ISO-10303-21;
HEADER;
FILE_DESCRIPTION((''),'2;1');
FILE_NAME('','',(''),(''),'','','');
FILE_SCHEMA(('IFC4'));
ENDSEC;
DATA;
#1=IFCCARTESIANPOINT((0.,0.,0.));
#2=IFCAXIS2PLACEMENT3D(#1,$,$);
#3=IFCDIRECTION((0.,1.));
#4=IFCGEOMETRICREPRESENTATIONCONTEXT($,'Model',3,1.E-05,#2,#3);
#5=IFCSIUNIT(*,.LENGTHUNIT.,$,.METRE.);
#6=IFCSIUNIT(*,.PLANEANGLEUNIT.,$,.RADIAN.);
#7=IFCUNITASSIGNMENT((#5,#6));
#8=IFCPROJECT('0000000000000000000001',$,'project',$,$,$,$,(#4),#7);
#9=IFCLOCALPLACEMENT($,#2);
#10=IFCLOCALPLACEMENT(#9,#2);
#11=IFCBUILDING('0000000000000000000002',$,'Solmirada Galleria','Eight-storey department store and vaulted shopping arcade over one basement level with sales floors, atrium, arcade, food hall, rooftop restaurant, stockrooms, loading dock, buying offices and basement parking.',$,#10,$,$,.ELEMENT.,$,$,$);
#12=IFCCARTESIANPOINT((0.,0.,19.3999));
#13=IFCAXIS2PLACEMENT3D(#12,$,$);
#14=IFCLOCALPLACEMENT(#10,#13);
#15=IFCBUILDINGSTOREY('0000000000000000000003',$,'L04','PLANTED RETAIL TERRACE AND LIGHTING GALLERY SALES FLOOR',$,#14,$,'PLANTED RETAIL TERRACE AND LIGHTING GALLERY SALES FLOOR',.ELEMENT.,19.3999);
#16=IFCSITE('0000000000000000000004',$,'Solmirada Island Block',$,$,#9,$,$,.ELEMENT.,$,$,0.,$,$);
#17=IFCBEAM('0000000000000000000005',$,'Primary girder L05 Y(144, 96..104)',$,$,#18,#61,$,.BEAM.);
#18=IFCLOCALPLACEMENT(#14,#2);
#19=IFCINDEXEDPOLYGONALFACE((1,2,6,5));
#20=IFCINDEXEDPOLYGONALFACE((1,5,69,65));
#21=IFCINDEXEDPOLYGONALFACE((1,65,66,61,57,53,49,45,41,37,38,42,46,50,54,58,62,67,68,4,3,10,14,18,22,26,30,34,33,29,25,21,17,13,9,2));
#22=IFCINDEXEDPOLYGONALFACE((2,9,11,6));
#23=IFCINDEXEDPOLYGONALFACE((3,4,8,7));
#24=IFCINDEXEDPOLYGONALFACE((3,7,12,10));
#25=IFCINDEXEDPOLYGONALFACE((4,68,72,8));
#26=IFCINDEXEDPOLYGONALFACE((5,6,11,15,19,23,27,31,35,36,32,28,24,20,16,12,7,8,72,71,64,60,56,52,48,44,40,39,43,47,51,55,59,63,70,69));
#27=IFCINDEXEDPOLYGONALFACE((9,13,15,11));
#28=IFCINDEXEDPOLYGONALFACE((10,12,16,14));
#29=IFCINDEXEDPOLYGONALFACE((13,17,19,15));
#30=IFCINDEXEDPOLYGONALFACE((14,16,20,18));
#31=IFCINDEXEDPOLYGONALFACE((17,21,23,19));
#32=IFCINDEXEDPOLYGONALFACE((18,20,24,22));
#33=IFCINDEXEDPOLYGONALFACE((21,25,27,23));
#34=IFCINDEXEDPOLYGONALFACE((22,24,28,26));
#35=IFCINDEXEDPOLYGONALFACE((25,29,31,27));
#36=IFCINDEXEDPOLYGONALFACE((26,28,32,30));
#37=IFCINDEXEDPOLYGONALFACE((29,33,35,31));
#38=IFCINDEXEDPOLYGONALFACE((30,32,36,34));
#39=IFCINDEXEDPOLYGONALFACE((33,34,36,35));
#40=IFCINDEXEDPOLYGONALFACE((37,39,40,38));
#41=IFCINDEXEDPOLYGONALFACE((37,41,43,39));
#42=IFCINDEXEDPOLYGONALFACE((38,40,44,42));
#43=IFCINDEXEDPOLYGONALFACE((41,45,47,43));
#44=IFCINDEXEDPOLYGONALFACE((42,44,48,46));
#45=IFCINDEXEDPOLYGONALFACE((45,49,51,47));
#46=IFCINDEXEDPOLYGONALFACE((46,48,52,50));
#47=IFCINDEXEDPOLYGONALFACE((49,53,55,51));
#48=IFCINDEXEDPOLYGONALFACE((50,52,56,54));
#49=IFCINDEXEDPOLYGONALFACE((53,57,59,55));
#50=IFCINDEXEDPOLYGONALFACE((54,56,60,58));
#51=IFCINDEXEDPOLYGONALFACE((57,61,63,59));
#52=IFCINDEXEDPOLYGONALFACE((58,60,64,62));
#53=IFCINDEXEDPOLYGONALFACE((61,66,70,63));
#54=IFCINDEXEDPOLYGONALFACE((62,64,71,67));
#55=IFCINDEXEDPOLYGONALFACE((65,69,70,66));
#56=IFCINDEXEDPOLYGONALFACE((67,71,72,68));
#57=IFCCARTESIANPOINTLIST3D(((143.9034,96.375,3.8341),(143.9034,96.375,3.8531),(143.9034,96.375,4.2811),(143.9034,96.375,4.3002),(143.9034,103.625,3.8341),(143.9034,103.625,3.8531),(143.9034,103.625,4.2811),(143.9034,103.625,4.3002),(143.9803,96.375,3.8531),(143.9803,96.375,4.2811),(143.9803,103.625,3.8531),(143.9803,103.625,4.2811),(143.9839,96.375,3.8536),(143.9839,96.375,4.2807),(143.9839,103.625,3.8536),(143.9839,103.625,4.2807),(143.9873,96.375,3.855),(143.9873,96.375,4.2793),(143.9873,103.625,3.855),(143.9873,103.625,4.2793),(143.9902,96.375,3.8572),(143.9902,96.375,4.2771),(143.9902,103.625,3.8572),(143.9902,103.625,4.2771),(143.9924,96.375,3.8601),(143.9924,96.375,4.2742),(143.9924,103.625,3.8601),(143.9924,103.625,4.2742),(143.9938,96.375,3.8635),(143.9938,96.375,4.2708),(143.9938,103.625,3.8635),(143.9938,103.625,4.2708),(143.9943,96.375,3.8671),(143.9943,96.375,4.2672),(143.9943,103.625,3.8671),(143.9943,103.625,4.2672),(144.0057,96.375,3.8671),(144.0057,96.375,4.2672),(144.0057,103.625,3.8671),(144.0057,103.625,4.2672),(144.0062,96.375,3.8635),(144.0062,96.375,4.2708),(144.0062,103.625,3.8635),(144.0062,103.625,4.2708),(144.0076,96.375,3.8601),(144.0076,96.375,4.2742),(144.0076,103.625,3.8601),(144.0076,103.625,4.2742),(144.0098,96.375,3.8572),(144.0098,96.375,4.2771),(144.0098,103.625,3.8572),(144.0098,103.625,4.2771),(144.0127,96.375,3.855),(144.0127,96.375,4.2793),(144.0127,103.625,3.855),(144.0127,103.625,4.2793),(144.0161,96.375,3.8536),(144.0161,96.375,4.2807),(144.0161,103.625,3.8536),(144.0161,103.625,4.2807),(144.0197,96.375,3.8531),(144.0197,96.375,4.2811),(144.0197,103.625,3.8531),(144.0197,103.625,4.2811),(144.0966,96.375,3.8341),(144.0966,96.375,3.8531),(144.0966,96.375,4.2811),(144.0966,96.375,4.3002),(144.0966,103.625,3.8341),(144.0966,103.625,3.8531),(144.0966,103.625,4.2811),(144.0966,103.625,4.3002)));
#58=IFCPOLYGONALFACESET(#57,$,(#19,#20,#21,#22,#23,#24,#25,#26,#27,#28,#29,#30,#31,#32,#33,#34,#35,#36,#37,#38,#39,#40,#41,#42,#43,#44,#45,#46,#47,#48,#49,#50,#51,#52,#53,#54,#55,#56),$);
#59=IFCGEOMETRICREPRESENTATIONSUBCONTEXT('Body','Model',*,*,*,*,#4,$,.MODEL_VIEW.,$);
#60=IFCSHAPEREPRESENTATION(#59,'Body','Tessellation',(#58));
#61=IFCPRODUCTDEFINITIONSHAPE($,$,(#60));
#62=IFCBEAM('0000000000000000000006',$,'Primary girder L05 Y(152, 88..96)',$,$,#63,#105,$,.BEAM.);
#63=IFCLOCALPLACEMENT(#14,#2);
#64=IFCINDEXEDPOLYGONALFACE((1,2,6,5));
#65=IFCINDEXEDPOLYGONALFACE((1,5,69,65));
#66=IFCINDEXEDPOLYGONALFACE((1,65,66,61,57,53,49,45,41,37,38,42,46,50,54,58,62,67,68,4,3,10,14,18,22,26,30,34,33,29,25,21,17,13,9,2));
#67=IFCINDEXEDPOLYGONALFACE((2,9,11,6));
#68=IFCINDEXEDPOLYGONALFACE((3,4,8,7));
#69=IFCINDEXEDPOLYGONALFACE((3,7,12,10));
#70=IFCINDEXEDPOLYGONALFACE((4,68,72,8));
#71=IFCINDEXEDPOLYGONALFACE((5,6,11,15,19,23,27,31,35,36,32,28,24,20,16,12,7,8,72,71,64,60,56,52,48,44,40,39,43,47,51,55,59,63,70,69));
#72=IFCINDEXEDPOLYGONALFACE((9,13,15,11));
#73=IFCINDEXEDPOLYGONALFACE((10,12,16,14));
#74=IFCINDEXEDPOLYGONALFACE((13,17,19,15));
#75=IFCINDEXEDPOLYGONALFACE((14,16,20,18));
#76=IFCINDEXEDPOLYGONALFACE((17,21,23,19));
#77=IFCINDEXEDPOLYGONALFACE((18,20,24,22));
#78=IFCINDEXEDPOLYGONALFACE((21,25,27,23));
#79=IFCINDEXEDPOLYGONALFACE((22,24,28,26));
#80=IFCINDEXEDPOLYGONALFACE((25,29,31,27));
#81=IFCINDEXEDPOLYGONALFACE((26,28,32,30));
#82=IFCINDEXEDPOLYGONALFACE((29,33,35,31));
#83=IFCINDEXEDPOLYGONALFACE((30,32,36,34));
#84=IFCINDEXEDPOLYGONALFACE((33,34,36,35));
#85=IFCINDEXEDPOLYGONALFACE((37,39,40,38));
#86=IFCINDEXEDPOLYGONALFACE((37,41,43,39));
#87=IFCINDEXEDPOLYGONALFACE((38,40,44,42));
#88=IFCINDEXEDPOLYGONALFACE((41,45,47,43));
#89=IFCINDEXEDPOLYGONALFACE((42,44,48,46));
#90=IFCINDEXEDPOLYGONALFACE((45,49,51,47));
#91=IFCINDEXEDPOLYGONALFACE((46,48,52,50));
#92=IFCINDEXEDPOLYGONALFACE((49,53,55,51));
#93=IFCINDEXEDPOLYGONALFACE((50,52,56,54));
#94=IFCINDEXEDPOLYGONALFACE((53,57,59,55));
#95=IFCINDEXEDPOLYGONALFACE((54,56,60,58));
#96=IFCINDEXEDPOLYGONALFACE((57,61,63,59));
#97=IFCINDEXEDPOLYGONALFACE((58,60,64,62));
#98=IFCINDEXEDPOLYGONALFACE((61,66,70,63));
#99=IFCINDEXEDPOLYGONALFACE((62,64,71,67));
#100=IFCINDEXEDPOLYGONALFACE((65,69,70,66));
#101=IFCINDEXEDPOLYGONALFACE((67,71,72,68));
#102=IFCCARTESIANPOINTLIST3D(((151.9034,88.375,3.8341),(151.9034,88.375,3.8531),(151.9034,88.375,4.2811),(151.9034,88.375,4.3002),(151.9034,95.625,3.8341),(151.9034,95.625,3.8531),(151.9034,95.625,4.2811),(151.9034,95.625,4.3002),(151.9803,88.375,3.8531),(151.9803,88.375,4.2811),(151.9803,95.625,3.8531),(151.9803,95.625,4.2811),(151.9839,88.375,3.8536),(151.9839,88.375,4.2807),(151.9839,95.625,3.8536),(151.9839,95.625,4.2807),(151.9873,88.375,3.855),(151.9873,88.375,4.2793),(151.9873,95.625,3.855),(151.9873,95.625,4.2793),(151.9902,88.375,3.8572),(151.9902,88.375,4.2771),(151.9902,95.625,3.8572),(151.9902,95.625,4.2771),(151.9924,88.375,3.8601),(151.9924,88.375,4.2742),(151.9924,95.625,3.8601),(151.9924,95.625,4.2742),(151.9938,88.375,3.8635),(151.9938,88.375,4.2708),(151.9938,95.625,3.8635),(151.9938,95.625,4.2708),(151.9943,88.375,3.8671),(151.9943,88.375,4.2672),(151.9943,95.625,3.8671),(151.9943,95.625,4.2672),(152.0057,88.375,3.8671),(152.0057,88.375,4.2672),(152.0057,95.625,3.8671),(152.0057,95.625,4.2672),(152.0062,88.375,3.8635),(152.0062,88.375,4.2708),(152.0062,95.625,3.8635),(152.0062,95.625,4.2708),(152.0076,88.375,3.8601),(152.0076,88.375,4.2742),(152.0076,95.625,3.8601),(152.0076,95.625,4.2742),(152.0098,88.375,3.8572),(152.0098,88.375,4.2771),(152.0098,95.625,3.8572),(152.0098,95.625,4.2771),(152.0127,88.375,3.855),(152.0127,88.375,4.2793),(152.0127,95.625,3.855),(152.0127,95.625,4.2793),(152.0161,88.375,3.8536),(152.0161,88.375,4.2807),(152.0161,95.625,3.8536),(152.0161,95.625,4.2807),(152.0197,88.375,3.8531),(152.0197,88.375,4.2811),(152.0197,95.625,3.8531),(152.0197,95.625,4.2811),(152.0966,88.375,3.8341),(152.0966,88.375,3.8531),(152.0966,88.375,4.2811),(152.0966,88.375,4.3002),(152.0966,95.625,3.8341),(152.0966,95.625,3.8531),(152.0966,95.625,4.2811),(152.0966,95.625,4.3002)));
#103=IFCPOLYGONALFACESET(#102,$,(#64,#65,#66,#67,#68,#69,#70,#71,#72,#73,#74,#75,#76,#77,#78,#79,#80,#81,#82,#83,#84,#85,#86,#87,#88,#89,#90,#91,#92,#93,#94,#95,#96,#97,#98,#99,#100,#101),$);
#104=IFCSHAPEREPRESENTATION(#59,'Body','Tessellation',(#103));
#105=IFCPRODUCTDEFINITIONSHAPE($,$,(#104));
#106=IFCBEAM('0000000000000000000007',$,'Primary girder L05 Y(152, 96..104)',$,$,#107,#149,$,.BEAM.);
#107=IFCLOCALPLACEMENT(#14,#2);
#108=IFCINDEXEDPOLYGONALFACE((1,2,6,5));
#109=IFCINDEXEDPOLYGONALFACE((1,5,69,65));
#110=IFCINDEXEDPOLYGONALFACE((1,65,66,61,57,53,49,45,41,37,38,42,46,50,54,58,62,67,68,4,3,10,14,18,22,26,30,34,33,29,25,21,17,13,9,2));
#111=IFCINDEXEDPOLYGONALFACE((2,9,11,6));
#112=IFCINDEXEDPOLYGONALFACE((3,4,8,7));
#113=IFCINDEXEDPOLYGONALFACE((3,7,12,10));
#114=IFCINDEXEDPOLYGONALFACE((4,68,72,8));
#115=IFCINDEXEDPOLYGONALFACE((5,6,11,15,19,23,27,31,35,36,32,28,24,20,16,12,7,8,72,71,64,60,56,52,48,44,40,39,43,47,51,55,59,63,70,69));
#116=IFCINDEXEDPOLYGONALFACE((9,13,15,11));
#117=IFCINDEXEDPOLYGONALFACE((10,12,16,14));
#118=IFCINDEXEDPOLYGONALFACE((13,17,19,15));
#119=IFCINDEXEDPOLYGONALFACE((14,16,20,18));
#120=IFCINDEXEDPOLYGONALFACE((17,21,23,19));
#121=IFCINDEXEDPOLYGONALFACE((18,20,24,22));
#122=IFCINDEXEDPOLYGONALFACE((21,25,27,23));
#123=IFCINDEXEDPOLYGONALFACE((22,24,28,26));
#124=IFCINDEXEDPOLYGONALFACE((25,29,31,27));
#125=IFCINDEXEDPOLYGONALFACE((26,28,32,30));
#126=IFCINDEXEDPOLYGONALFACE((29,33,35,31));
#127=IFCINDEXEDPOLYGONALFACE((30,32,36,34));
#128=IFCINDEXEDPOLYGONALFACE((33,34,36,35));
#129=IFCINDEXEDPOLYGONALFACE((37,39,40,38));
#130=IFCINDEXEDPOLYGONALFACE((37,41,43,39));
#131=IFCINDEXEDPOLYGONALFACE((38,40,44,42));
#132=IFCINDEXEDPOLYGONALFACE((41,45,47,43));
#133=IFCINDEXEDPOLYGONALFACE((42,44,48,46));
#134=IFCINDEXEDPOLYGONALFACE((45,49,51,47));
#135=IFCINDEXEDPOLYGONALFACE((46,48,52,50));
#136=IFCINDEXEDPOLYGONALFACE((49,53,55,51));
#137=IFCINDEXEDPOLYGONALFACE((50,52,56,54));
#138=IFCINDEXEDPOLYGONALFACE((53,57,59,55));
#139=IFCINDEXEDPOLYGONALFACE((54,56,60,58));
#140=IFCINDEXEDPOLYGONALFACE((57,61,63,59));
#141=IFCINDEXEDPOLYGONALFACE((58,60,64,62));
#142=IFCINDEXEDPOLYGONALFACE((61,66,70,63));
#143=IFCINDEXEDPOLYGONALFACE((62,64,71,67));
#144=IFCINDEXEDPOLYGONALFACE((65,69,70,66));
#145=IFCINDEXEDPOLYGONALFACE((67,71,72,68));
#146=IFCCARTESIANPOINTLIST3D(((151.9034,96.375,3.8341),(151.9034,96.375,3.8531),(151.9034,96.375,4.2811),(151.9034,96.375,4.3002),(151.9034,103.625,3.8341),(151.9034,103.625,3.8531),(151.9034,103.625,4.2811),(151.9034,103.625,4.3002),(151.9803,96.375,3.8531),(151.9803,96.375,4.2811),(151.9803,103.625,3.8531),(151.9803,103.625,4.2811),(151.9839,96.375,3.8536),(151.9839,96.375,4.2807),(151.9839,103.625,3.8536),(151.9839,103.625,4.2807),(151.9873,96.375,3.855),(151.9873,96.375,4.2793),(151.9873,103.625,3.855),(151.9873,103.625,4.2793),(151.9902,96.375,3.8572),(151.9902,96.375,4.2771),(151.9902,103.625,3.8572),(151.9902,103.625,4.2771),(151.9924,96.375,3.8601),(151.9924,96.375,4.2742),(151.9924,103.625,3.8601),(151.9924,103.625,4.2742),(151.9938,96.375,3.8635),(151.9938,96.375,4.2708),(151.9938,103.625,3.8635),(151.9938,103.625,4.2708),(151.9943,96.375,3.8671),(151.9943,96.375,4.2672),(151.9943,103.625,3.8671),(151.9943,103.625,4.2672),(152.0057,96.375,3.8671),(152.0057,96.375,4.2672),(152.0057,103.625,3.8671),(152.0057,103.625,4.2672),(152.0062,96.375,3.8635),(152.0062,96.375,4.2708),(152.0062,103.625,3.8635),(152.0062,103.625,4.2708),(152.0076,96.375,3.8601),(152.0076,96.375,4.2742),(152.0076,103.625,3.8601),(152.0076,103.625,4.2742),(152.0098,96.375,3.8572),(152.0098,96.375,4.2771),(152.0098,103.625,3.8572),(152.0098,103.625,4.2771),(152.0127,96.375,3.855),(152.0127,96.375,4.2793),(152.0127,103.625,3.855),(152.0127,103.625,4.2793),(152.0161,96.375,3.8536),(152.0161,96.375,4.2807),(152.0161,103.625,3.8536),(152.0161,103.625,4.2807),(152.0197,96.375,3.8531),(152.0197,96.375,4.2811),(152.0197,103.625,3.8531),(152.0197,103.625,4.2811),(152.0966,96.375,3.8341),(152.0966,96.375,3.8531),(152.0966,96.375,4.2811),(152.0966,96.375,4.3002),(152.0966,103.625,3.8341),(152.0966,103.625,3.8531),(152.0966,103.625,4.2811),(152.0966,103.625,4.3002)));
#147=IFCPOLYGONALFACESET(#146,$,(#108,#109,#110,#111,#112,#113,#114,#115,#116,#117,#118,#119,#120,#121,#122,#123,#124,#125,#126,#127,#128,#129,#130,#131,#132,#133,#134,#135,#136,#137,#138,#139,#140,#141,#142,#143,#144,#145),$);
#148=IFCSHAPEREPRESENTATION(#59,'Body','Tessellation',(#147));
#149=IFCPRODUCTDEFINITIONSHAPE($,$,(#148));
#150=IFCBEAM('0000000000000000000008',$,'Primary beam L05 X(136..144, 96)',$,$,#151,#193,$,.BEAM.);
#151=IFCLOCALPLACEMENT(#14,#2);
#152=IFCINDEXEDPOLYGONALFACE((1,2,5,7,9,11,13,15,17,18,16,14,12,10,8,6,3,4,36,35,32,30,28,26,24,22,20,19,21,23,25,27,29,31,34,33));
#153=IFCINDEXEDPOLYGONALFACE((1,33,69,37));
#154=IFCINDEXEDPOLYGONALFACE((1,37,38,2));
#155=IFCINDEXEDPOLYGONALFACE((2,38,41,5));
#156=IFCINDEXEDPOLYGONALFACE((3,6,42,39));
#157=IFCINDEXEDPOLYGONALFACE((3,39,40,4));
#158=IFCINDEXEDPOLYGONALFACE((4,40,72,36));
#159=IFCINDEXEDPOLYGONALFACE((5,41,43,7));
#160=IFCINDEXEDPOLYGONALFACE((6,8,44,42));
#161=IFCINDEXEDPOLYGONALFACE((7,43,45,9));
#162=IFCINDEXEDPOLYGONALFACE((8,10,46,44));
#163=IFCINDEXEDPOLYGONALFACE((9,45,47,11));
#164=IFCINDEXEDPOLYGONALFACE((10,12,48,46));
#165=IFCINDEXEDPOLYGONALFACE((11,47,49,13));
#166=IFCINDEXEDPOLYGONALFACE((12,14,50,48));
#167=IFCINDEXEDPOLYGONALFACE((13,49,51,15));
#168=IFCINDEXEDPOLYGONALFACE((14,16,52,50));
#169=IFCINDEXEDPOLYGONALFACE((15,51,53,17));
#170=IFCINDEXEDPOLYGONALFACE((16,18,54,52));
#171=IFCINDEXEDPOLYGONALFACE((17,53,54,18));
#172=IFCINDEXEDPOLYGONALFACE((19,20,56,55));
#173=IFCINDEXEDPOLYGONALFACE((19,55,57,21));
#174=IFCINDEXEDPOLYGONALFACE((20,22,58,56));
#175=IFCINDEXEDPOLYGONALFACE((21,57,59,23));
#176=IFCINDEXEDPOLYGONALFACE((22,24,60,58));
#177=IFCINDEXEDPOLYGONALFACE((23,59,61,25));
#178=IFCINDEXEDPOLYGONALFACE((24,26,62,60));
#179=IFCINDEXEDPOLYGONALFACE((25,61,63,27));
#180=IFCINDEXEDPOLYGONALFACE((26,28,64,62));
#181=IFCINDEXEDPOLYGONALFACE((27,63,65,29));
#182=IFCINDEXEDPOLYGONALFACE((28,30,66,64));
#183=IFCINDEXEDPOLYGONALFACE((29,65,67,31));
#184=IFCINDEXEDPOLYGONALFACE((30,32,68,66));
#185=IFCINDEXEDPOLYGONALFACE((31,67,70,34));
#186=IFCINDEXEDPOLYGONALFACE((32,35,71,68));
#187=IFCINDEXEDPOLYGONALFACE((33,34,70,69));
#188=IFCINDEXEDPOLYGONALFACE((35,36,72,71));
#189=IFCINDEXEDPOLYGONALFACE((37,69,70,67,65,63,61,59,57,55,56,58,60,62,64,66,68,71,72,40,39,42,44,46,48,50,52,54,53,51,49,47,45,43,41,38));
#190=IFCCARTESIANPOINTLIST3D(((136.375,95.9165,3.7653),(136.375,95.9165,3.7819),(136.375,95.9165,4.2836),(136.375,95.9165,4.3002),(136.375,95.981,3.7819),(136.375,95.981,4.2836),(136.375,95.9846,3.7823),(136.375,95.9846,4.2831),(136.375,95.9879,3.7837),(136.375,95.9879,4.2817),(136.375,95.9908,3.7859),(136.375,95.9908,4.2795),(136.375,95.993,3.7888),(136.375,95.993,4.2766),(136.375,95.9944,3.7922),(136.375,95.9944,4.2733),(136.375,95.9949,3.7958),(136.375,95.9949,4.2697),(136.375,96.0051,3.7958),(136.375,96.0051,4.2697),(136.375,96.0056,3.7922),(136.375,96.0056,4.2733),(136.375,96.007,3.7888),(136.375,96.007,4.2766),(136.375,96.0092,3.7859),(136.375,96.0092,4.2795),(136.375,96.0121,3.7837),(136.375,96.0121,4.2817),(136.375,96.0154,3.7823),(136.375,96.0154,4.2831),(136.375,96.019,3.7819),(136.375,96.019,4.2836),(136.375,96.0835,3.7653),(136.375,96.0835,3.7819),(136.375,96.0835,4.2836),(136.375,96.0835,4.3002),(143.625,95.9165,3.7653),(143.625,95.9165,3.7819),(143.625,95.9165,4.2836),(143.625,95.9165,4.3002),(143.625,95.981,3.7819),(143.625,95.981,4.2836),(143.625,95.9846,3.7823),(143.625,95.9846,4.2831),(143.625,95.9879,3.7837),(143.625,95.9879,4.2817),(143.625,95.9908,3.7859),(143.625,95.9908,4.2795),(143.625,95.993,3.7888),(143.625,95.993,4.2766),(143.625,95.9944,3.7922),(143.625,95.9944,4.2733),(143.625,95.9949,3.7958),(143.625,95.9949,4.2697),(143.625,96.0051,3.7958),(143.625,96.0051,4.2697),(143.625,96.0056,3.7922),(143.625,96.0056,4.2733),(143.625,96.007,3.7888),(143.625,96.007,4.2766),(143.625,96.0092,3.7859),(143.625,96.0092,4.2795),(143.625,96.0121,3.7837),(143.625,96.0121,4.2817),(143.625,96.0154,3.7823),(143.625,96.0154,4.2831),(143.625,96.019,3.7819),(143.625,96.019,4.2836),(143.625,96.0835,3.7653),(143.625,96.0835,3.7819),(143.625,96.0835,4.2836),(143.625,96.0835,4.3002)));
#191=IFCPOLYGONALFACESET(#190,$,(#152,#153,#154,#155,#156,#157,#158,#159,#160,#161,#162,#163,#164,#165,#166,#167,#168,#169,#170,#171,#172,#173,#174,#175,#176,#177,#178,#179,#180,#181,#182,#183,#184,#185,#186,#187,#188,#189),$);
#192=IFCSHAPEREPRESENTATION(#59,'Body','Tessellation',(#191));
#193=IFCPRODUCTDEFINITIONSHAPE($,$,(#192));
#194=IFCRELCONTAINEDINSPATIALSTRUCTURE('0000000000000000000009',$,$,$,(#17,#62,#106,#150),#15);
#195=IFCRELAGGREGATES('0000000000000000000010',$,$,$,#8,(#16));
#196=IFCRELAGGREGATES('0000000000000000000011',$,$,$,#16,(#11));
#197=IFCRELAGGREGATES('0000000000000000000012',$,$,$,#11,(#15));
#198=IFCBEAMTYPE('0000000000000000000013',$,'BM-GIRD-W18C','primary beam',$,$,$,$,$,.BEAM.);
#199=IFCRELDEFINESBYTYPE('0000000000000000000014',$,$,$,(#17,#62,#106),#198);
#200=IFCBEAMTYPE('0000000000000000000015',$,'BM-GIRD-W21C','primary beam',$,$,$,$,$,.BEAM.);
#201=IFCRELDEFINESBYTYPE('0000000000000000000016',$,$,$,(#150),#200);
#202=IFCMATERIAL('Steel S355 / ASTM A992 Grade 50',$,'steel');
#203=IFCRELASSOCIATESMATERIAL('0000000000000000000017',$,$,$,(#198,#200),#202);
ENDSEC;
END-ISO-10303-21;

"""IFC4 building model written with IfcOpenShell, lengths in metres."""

from ifc_helpers import new_model, si_unit, direction, frame, origin, origin_2d, place, context, subcontext, project, spatial, i_section, extrude, material, material_profile, profile_set, type_object, element, save


model = new_model("IFC4")

# Units and contexts
model_context = context("Model", 3, precision=1e-05, world=origin(), true_north=direction((0.0, 1.0)))
body_context = subcontext(model_context, "Body", "Model", "MODEL_VIEW")
ifc_project = project(units=[si_unit("LENGTHUNIT", "METRE"), si_unit("PLANEANGLEUNIT", "RADIAN")], contexts=[model_context])

# Site, building, storey
site_placement = place(None, origin())
site = spatial("IfcSite", under=ifc_project, at=site_placement, Name="Solmirada Island Block", CompositionType="ELEMENT", RefElevation=0.0)
building_placement = place(site_placement, origin())
building = spatial("IfcBuilding", under=site, at=building_placement, Name="Solmirada Galleria", Description="Eight-storey department store and vaulted shopping arcade over one basement level with sales floors, atrium, arcade, food hall, rooftop restaurant, stockrooms, loading dock, buying offices and basement parking.", CompositionType="ELEMENT")
storey_placement = place(building_placement, frame((0.0, 0.0, 19.3999)))
storey = spatial("IfcBuildingStorey", under=building, at=storey_placement, Name="L04", Description="PLANTED RETAIL TERRACE AND LIGHTING GALLERY SALES FLOOR", LongName="PLANTED RETAIL TERRACE AND LIGHTING GALLERY SALES FLOOR", CompositionType="ELEMENT", Elevation=19.3999)

# Beams
ifc_material_1 = material(Name="Steel S355 / ASTM A992 Grade 50", Category="steel")
ifc_material_profile_1 = material_profile(ifc_material_1, i_section(OverallWidth=0.1931, OverallDepth=0.4661, WebThickness=0.0115, FlangeThickness=0.019, FilletRadius=0.0139, at=origin_2d()), Name="W18X65")
ifc_profile_set_1 = profile_set([ifc_material_profile_1], Name="Steel S355 / ASTM A992 Grade 50")
beam_type_1 = type_object("IfcBeamType", Name="BM-GIRD-W18C", Description="primary beam", PredefinedType="BEAM", material=ifc_profile_set_1)
for number, where, z_axis, x_axis, name in (
    (1, (144.0, 96.375, 4.0671), (0.0, 1.0, 0.0), (-1.0, 0.0, 0.0), "Primary girder L05 Y(144, 96..104)"),
    (2, (152.0, 88.375, 4.0671), (0.0, 1.0, 0.0), (-1.0, 0.0, 0.0), "Primary girder L05 Y(152, 88..96)"),
    (3, (152.0, 96.375, 4.0671), (0.0, 1.0, 0.0), (-1.0, 0.0, 0.0), "Primary girder L05 Y(152, 96..104)"),
):
    element("IfcBeam", number, at=place(storey_placement, frame(where, z_axis=z_axis, x_axis=x_axis)), inside=storey, type_object=beam_type_1, Name=name, PredefinedType="BEAM", context=body_context, shape_type="SweptSolid", body=[
        extrude(i_section(OverallWidth=0.1931, OverallDepth=0.4661, WebThickness=0.0115, FlangeThickness=0.019, FilletRadius=0.0139, at=origin_2d()), origin(), (0.0, 0.0, 1.0), 7.25),
    ])
ifc_material_profile_2 = material_profile(ifc_material_1, i_section(OverallWidth=0.167, OverallDepth=0.5349, WebThickness=0.0103, FlangeThickness=0.0166, FilletRadius=0.0139, at=origin_2d()), Name="W21X57")
ifc_profile_set_2 = profile_set([ifc_material_profile_2], Name="Steel S355 / ASTM A992 Grade 50")
beam_type_2 = type_object("IfcBeamType", Name="BM-GIRD-W21C", Description="primary beam", PredefinedType="BEAM", material=ifc_profile_set_2)
for number, where, z_axis, x_axis, name in (
    (4, (136.375, 96.0, 4.0327), (1.0, 0.0, 0.0), (0.0, 1.0, 0.0), "Primary beam L05 X(136..144, 96)"),
):
    element("IfcBeam", number, at=place(storey_placement, frame(where, z_axis=z_axis, x_axis=x_axis)), inside=storey, type_object=beam_type_2, Name=name, PredefinedType="BEAM", context=body_context, shape_type="SweptSolid", body=[
        extrude(i_section(OverallWidth=0.167, OverallDepth=0.5349, WebThickness=0.0103, FlangeThickness=0.0166, FilletRadius=0.0139, at=origin_2d()), origin(), (0.0, 0.0, 1.0), 7.25),
    ])

save(model, "model.ifc")
